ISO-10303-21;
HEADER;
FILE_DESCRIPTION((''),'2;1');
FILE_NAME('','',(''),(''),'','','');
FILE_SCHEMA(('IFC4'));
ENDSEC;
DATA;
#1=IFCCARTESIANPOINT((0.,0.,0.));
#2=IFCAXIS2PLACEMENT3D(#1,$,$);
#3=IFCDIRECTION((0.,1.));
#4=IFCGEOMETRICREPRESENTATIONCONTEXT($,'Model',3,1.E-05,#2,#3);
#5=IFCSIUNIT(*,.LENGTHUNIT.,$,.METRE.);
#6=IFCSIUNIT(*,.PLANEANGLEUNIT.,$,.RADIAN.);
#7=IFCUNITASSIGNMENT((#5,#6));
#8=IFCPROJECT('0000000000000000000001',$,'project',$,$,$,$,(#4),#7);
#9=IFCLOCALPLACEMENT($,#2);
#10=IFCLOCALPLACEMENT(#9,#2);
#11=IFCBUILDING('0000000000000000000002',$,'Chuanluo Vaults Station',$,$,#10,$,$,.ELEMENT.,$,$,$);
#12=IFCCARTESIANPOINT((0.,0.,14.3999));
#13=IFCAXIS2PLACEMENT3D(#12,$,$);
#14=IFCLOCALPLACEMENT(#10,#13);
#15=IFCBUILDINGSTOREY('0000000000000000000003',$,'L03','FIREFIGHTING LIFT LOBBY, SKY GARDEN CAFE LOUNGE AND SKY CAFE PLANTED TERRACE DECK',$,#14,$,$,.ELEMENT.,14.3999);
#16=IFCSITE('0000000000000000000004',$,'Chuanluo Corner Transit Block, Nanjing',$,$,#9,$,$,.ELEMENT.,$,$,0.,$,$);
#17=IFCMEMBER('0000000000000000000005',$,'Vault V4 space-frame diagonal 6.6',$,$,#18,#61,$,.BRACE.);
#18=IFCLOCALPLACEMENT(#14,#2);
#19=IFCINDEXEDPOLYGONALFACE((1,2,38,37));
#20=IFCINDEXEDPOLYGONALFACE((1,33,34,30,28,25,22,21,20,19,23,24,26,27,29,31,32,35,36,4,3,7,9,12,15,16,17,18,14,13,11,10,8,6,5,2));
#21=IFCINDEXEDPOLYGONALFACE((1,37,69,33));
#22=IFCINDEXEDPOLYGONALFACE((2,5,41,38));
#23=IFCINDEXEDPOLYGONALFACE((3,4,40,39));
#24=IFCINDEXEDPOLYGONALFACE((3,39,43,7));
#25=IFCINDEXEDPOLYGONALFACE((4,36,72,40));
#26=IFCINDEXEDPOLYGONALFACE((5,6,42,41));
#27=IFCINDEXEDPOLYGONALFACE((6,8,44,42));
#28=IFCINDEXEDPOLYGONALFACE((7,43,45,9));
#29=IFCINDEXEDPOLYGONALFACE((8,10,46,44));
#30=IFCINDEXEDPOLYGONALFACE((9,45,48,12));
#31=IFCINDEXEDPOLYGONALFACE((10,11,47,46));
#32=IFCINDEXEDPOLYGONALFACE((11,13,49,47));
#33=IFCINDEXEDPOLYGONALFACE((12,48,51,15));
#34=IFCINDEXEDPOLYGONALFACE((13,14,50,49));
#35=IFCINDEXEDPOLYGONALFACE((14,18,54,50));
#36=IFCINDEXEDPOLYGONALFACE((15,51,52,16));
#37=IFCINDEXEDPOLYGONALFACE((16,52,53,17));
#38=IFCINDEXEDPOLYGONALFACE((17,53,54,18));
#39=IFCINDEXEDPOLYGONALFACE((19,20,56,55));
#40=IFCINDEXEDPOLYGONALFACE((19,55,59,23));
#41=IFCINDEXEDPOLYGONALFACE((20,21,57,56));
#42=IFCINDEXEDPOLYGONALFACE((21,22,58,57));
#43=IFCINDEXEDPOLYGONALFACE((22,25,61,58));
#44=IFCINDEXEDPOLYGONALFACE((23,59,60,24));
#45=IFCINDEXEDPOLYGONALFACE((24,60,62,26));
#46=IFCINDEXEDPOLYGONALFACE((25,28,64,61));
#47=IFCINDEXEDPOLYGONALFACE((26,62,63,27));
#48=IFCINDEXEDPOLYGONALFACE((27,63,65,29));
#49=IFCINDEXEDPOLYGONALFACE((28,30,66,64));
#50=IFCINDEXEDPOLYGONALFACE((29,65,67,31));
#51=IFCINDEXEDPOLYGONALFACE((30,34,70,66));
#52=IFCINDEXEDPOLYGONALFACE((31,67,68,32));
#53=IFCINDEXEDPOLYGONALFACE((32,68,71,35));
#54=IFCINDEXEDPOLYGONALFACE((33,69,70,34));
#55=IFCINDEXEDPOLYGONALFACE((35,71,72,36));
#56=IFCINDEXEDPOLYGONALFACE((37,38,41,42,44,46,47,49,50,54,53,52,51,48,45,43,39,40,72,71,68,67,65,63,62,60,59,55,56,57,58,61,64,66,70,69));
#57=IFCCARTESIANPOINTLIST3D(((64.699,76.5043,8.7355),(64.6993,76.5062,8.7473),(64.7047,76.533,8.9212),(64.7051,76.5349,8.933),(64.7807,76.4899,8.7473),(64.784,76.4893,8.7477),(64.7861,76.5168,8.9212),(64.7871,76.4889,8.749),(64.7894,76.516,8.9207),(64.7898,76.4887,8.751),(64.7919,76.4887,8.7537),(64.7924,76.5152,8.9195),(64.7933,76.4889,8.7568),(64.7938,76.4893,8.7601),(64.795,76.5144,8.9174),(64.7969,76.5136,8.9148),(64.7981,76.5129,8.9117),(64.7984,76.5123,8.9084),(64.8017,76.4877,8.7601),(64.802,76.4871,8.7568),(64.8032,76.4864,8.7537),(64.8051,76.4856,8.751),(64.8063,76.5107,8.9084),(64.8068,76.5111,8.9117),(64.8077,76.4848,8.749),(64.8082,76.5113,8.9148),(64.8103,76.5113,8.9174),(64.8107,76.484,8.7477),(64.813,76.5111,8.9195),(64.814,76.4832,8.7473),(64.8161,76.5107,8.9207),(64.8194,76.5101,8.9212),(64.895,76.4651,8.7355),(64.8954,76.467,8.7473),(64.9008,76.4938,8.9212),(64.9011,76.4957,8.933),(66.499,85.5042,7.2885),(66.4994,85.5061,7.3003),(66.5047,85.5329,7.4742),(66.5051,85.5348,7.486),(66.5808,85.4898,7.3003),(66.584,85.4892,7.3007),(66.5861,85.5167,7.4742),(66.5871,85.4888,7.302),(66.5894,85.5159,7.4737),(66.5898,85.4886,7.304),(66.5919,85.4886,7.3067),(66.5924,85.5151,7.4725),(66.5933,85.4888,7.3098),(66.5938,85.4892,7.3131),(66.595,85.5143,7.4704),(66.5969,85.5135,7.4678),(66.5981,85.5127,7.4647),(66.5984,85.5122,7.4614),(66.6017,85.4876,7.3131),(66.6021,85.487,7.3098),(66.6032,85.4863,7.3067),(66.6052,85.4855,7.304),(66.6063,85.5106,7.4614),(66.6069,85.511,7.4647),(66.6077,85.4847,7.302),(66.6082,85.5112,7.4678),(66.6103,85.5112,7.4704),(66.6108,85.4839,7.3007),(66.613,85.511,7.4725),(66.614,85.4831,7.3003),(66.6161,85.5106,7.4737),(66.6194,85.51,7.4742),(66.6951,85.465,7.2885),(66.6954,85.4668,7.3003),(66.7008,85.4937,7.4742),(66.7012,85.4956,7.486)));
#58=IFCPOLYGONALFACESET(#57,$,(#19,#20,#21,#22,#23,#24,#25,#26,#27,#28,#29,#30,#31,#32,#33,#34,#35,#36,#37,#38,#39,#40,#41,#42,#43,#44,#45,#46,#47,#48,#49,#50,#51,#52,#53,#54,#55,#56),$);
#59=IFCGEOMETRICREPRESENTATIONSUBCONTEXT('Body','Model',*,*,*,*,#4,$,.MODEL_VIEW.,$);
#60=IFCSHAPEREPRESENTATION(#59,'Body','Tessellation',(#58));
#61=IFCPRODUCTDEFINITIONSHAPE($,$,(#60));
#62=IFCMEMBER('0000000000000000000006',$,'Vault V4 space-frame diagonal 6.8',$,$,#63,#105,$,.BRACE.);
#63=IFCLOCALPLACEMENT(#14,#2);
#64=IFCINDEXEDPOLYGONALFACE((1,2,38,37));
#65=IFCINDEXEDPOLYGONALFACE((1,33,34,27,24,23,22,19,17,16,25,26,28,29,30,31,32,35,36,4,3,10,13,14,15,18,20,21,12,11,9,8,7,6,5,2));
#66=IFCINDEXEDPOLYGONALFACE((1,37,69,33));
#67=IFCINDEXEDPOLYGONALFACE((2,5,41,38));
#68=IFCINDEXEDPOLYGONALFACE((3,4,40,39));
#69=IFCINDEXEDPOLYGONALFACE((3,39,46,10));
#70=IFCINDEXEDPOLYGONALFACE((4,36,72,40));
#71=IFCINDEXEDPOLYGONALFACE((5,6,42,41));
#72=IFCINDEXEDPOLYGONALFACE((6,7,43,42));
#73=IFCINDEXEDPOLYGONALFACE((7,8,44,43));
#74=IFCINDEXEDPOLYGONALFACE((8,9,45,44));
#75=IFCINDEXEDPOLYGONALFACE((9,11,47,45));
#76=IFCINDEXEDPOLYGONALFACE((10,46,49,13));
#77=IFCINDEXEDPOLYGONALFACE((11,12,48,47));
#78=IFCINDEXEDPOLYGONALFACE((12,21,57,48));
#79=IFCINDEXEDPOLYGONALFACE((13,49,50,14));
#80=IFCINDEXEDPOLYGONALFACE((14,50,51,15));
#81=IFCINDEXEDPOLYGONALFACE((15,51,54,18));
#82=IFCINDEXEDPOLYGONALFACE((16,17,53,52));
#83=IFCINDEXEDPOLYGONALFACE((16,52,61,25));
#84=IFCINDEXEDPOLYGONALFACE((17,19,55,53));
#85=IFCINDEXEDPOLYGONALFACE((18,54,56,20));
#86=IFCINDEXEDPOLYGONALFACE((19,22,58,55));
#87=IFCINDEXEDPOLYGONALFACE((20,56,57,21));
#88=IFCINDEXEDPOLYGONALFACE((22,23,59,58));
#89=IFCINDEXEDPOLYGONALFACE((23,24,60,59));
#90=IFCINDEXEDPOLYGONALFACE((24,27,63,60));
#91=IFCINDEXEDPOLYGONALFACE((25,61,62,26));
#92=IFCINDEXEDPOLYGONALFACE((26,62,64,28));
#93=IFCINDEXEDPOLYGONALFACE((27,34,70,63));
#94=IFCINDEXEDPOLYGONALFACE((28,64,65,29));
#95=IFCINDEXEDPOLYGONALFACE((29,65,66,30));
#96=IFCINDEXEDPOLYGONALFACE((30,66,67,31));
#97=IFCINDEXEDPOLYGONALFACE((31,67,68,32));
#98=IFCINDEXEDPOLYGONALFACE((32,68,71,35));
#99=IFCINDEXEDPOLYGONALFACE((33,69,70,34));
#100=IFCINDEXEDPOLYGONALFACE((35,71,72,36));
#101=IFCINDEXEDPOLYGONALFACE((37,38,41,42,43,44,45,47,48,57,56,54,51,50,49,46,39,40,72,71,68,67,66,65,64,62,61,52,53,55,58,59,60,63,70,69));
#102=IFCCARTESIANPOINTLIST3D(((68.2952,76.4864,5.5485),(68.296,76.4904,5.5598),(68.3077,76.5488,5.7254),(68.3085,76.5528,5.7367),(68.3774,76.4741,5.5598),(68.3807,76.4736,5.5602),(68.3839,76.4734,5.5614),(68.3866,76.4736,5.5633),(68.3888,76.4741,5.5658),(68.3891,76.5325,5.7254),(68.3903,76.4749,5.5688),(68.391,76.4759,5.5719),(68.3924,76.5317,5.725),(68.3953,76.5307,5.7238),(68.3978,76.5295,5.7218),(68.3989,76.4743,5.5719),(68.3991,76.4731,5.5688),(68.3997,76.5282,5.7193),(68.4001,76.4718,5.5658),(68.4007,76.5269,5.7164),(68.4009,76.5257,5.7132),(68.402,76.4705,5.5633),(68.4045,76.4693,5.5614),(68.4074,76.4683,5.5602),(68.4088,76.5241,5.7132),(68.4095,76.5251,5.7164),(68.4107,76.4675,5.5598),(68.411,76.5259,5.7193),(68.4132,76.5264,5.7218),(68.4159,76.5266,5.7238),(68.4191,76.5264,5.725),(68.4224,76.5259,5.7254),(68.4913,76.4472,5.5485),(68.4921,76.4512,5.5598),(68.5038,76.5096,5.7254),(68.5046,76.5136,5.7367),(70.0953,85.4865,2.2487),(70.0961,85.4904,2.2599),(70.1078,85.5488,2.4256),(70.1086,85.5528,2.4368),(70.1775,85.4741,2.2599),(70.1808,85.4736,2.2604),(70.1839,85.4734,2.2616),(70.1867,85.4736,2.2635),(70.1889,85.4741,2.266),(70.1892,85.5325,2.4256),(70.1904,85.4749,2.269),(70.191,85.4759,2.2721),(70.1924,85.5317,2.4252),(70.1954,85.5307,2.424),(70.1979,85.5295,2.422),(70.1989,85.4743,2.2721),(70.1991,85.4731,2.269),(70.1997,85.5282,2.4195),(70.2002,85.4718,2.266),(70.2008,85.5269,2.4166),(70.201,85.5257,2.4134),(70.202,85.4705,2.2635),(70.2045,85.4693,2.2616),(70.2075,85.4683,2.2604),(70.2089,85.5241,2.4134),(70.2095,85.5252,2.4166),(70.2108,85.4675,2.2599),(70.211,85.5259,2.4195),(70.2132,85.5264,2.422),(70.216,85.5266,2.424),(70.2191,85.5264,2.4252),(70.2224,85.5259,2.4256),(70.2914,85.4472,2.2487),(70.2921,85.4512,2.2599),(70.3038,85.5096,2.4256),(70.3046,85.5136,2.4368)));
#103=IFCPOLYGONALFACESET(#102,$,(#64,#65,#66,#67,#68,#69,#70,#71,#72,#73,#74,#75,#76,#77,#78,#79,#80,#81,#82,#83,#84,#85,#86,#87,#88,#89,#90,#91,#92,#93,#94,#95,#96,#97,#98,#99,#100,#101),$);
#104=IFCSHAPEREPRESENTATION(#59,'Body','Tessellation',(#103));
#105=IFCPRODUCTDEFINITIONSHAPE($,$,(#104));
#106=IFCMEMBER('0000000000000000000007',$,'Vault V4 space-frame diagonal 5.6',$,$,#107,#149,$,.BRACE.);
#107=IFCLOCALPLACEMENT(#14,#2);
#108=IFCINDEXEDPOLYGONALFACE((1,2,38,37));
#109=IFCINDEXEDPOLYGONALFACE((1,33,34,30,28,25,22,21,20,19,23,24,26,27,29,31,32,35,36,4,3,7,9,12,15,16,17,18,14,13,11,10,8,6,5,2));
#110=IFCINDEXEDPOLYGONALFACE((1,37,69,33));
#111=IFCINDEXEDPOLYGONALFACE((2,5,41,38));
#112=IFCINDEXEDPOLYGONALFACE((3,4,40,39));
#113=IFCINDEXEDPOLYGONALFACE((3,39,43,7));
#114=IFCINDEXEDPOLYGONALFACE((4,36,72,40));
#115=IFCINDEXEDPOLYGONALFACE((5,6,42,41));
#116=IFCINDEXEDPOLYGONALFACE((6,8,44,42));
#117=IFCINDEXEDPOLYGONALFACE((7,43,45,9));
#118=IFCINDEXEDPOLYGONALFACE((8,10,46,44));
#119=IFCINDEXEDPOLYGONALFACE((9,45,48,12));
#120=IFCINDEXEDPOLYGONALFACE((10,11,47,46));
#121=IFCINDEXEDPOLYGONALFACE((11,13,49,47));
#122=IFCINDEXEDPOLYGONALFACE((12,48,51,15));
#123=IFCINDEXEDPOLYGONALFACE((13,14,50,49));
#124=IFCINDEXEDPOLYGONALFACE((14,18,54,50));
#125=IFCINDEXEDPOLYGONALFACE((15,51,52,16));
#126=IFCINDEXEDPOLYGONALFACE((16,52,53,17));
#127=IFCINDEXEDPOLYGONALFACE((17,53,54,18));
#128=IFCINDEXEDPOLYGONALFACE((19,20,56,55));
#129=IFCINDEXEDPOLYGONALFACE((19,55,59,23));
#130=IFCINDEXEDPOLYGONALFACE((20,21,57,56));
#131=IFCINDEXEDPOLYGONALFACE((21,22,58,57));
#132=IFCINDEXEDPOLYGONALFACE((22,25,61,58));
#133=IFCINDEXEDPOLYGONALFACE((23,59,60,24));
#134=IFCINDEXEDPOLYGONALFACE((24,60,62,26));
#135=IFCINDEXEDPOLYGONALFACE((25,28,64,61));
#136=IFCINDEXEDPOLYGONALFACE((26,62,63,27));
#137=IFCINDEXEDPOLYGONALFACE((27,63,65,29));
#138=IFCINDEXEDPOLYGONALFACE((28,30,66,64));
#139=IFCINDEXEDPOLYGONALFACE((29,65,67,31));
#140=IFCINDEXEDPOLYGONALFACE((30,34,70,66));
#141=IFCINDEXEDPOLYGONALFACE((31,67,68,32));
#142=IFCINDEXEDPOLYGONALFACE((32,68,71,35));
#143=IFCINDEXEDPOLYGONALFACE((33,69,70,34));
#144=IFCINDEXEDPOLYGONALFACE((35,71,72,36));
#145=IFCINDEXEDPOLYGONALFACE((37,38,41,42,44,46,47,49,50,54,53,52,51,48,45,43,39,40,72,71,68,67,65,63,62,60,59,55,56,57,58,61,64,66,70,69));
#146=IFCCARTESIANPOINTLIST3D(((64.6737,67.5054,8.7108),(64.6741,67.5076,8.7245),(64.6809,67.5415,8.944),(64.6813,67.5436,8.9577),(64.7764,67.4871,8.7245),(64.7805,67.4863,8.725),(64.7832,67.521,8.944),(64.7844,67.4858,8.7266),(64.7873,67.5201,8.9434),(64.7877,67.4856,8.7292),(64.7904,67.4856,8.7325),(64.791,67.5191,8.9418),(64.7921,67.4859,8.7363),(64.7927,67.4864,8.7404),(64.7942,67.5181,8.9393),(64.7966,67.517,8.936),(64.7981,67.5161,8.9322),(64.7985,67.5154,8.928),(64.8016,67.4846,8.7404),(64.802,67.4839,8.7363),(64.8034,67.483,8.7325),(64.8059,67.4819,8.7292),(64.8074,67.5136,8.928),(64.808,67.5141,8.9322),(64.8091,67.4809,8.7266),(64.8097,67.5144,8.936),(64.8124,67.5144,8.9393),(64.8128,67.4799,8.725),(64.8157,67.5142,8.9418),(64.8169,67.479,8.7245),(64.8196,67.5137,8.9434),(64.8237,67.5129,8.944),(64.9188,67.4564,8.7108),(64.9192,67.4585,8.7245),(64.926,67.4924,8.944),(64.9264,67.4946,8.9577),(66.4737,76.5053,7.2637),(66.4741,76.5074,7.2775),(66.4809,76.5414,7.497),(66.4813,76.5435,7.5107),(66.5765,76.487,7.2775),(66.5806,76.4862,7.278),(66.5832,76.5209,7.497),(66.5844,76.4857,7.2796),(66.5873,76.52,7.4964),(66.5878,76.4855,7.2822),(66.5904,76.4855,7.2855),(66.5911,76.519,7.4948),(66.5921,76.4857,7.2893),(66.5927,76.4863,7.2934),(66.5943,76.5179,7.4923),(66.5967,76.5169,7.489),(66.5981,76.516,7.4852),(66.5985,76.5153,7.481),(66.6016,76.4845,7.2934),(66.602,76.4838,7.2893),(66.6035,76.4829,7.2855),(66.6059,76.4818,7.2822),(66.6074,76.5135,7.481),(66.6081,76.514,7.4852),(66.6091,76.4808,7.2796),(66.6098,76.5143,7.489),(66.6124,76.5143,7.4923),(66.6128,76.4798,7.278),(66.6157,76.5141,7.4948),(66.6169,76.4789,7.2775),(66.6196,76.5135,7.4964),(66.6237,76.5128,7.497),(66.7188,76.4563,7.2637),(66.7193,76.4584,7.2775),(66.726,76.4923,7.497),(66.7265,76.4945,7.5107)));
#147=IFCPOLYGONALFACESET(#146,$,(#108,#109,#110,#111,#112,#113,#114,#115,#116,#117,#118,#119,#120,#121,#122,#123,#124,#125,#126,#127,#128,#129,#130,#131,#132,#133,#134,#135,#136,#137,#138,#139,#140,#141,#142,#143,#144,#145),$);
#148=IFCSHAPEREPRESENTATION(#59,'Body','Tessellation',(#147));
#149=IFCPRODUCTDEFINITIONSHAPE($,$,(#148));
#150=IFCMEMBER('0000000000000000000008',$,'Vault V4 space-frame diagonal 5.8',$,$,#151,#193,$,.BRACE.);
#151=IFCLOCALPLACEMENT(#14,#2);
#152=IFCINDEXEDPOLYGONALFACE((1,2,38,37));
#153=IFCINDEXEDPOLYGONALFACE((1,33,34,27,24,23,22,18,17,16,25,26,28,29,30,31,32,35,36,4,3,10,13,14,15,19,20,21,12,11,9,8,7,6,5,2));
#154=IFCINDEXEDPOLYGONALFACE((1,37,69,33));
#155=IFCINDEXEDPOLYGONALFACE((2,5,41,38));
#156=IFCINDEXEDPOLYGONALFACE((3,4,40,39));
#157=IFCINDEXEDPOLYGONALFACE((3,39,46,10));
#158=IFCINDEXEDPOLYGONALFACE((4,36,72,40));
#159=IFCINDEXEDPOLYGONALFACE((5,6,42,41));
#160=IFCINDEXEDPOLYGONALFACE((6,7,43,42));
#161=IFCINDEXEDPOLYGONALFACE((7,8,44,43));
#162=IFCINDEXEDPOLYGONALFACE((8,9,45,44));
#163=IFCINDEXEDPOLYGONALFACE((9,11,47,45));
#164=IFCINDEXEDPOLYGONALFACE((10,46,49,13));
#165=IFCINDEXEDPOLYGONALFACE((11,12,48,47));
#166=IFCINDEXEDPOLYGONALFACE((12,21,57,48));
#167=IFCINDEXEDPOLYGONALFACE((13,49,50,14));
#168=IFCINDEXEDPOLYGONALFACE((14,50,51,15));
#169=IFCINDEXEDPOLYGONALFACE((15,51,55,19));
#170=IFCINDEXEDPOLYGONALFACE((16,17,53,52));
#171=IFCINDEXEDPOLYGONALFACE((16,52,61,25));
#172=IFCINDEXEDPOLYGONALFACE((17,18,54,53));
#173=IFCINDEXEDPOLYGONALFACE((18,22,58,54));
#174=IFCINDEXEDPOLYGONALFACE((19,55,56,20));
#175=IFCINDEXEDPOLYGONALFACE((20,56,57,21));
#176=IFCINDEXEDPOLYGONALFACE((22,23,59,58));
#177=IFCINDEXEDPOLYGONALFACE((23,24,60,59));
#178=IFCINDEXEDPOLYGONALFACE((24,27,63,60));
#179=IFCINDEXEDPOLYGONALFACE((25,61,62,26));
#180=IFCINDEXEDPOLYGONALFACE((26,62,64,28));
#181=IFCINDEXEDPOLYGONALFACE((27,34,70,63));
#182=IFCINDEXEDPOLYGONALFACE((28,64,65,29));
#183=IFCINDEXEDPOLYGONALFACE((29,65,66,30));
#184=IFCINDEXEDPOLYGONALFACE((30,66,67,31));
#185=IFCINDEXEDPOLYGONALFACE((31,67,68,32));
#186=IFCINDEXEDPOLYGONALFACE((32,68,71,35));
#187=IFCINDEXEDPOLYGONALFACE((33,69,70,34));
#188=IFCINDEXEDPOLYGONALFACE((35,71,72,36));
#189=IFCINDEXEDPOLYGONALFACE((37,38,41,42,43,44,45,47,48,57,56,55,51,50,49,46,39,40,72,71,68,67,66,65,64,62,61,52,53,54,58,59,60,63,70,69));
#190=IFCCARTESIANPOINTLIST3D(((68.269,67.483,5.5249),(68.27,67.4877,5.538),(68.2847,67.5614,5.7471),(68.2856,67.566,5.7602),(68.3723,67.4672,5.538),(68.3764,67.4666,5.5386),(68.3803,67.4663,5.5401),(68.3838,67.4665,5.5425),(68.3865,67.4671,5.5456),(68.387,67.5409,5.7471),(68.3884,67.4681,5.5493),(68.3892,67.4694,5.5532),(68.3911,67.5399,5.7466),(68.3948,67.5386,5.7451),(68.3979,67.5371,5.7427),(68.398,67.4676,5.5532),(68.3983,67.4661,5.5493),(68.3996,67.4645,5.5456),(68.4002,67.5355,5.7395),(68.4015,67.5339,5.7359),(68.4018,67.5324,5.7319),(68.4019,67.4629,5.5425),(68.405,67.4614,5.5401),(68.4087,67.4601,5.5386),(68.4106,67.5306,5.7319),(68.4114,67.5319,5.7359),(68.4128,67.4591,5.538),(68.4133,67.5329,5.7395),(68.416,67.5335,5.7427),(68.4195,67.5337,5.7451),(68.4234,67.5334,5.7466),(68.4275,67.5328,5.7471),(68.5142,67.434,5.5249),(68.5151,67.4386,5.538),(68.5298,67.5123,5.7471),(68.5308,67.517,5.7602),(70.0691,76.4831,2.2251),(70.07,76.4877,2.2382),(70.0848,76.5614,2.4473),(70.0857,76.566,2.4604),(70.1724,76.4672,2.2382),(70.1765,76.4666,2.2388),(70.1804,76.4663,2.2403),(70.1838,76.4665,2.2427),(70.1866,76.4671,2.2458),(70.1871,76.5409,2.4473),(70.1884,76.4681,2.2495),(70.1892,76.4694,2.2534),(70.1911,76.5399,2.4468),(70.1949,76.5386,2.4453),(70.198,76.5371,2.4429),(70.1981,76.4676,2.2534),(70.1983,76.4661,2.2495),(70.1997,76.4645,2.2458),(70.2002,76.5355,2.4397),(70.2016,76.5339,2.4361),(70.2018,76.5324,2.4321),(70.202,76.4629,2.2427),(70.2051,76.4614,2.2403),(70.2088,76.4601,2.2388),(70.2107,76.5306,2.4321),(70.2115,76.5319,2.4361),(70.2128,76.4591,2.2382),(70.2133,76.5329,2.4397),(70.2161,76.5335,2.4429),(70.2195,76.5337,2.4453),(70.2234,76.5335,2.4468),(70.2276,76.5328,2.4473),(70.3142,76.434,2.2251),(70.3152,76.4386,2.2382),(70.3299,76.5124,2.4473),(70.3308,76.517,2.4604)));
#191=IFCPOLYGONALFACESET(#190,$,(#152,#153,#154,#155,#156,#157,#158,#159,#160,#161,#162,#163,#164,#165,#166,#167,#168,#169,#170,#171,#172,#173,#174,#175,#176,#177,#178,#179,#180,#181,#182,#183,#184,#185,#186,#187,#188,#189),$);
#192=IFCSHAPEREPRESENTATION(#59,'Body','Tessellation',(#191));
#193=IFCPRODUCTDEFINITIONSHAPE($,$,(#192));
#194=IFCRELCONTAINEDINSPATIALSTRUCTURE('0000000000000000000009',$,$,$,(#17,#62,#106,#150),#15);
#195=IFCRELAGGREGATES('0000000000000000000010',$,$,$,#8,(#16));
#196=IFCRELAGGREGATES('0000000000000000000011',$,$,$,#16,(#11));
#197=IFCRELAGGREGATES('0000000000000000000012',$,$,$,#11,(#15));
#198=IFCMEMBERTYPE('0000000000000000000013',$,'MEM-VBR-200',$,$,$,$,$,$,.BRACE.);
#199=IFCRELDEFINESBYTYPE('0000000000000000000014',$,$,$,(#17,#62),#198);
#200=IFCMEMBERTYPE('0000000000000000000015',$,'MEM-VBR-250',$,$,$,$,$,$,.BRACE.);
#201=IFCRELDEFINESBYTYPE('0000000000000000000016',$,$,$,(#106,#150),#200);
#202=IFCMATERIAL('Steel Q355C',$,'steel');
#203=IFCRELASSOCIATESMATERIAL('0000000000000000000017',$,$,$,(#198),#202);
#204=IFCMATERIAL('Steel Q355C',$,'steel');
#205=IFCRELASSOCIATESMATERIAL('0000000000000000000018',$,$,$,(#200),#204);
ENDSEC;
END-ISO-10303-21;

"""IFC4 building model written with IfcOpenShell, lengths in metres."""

from ifc_helpers import new_model, si_unit, direction, frame, origin, origin_2d, place, context, subcontext, project, spatial, i_section, extrude, material, material_profile, profile_set, type_object, element, save


model = new_model("IFC4")

# Units and contexts
model_context = context("Model", 3, precision=1e-05, world=origin(), true_north=direction((0.0, 1.0)))
body_context = subcontext(model_context, "Body", "Model", "MODEL_VIEW")
ifc_project = project(units=[si_unit("LENGTHUNIT", "METRE"), si_unit("PLANEANGLEUNIT", "RADIAN")], contexts=[model_context])

# Site, building, storey
site_placement = place(None, origin())
site = spatial("IfcSite", under=ifc_project, at=site_placement, Name="Chuanluo Corner Transit Block, Nanjing", CompositionType="ELEMENT", RefElevation=0.0)
building_placement = place(site_placement, origin())
building = spatial("IfcBuilding", under=site, at=building_placement, Name="Chuanluo Vaults Station", CompositionType="ELEMENT")
storey_placement = place(building_placement, frame((0.0, 0.0, 14.3999)))
storey = spatial("IfcBuildingStorey", under=building, at=storey_placement, Name="L03", Description="FIREFIGHTING LIFT LOBBY, SKY GARDEN CAFE LOUNGE AND SKY CAFE PLANTED TERRACE DECK", CompositionType="ELEMENT", Elevation=14.3999)

# Members
ifc_material_1 = material(Name="Steel Q355C", Category="steel")
ifc_material_profile_1 = material_profile(ifc_material_1, i_section(OverallWidth=0.2, OverallDepth=0.2, WebThickness=0.0081, FlangeThickness=0.012, FilletRadius=0.0129, at=origin_2d()))
ifc_profile_set_1 = profile_set([ifc_material_profile_1], Name="Steel Q355C")
member_type_1 = type_object("IfcMemberType", Name="MEM-VBR-200", PredefinedType="BRACE", material=ifc_profile_set_1)
member_1_placement = place(storey_placement, frame((64.8, 76.5, 8.8342), z_axis=(0.193728, 0.968616, -0.155734), x_axis=(-0.98058, 0.196121, 0.0)))
element("IfcMember", 1, at=member_1_placement, inside=storey, type_object=member_type_1, Name="Vault V4 space-frame diagonal 6.6", PredefinedType="BRACE", context=body_context, shape_type="SweptSolid", body=[
    extrude(i_section(OverallWidth=0.2, OverallDepth=0.2, WebThickness=0.0081, FlangeThickness=0.012, FilletRadius=0.0129, at=origin_2d()), origin(), (0.0, 0.0, 1.0), 9.2915),
])
member_2_placement = place(storey_placement, frame((68.3999, 76.5, 5.6426), z_axis=(0.184556, 0.922755, -0.338323), x_axis=(-0.98058, 0.196121, 0.0)))
element("IfcMember", 2, at=member_2_placement, inside=storey, type_object=member_type_1, Name="Vault V4 space-frame diagonal 6.8", PredefinedType="BRACE", context=body_context, shape_type="SweptSolid", body=[
    extrude(i_section(OverallWidth=0.2, OverallDepth=0.2, WebThickness=0.0081, FlangeThickness=0.012, FilletRadius=0.0129, at=origin_2d()), origin(), (0.0, 0.0, 1.0), 9.7534),
])
ifc_material_2 = material(Name="Steel Q355C", Category="steel")
ifc_material_profile_2 = material_profile(ifc_material_2, i_section(OverallWidth=0.25, OverallDepth=0.25, WebThickness=0.009, FlangeThickness=0.0139, FilletRadius=0.0161, at=origin_2d()))
ifc_profile_set_2 = profile_set([ifc_material_profile_2], Name="Steel Q355C")
member_type_2 = type_object("IfcMemberType", Name="MEM-VBR-250", PredefinedType="BRACE", material=ifc_profile_set_2)
member_3_placement = place(storey_placement, frame((64.8, 67.5, 8.8342), z_axis=(0.193728, 0.968616, -0.155734), x_axis=(-0.98058, 0.196121, 0.0)))
element("IfcMember", 3, at=member_3_placement, inside=storey, type_object=member_type_2, Name="Vault V4 space-frame diagonal 5.6", PredefinedType="BRACE", context=body_context, shape_type="SweptSolid", body=[
    extrude(i_section(OverallWidth=0.25, OverallDepth=0.25, WebThickness=0.009, FlangeThickness=0.0139, FilletRadius=0.0161, at=origin_2d()), origin(), (0.0, 0.0, 1.0), 9.2915),
])
member_4_placement = place(storey_placement, frame((68.3999, 67.5, 5.6426), z_axis=(0.184556, 0.922755, -0.338323), x_axis=(-0.98058, 0.196121, 0.0)))
element("IfcMember", 4, at=member_4_placement, inside=storey, type_object=member_type_2, Name="Vault V4 space-frame diagonal 5.8", PredefinedType="BRACE", context=body_context, shape_type="SweptSolid", body=[
    extrude(i_section(OverallWidth=0.25, OverallDepth=0.25, WebThickness=0.009, FlangeThickness=0.0139, FilletRadius=0.0161, at=origin_2d()), origin(), (0.0, 0.0, 1.0), 9.7534),
])

save(model, "model.ifc")
